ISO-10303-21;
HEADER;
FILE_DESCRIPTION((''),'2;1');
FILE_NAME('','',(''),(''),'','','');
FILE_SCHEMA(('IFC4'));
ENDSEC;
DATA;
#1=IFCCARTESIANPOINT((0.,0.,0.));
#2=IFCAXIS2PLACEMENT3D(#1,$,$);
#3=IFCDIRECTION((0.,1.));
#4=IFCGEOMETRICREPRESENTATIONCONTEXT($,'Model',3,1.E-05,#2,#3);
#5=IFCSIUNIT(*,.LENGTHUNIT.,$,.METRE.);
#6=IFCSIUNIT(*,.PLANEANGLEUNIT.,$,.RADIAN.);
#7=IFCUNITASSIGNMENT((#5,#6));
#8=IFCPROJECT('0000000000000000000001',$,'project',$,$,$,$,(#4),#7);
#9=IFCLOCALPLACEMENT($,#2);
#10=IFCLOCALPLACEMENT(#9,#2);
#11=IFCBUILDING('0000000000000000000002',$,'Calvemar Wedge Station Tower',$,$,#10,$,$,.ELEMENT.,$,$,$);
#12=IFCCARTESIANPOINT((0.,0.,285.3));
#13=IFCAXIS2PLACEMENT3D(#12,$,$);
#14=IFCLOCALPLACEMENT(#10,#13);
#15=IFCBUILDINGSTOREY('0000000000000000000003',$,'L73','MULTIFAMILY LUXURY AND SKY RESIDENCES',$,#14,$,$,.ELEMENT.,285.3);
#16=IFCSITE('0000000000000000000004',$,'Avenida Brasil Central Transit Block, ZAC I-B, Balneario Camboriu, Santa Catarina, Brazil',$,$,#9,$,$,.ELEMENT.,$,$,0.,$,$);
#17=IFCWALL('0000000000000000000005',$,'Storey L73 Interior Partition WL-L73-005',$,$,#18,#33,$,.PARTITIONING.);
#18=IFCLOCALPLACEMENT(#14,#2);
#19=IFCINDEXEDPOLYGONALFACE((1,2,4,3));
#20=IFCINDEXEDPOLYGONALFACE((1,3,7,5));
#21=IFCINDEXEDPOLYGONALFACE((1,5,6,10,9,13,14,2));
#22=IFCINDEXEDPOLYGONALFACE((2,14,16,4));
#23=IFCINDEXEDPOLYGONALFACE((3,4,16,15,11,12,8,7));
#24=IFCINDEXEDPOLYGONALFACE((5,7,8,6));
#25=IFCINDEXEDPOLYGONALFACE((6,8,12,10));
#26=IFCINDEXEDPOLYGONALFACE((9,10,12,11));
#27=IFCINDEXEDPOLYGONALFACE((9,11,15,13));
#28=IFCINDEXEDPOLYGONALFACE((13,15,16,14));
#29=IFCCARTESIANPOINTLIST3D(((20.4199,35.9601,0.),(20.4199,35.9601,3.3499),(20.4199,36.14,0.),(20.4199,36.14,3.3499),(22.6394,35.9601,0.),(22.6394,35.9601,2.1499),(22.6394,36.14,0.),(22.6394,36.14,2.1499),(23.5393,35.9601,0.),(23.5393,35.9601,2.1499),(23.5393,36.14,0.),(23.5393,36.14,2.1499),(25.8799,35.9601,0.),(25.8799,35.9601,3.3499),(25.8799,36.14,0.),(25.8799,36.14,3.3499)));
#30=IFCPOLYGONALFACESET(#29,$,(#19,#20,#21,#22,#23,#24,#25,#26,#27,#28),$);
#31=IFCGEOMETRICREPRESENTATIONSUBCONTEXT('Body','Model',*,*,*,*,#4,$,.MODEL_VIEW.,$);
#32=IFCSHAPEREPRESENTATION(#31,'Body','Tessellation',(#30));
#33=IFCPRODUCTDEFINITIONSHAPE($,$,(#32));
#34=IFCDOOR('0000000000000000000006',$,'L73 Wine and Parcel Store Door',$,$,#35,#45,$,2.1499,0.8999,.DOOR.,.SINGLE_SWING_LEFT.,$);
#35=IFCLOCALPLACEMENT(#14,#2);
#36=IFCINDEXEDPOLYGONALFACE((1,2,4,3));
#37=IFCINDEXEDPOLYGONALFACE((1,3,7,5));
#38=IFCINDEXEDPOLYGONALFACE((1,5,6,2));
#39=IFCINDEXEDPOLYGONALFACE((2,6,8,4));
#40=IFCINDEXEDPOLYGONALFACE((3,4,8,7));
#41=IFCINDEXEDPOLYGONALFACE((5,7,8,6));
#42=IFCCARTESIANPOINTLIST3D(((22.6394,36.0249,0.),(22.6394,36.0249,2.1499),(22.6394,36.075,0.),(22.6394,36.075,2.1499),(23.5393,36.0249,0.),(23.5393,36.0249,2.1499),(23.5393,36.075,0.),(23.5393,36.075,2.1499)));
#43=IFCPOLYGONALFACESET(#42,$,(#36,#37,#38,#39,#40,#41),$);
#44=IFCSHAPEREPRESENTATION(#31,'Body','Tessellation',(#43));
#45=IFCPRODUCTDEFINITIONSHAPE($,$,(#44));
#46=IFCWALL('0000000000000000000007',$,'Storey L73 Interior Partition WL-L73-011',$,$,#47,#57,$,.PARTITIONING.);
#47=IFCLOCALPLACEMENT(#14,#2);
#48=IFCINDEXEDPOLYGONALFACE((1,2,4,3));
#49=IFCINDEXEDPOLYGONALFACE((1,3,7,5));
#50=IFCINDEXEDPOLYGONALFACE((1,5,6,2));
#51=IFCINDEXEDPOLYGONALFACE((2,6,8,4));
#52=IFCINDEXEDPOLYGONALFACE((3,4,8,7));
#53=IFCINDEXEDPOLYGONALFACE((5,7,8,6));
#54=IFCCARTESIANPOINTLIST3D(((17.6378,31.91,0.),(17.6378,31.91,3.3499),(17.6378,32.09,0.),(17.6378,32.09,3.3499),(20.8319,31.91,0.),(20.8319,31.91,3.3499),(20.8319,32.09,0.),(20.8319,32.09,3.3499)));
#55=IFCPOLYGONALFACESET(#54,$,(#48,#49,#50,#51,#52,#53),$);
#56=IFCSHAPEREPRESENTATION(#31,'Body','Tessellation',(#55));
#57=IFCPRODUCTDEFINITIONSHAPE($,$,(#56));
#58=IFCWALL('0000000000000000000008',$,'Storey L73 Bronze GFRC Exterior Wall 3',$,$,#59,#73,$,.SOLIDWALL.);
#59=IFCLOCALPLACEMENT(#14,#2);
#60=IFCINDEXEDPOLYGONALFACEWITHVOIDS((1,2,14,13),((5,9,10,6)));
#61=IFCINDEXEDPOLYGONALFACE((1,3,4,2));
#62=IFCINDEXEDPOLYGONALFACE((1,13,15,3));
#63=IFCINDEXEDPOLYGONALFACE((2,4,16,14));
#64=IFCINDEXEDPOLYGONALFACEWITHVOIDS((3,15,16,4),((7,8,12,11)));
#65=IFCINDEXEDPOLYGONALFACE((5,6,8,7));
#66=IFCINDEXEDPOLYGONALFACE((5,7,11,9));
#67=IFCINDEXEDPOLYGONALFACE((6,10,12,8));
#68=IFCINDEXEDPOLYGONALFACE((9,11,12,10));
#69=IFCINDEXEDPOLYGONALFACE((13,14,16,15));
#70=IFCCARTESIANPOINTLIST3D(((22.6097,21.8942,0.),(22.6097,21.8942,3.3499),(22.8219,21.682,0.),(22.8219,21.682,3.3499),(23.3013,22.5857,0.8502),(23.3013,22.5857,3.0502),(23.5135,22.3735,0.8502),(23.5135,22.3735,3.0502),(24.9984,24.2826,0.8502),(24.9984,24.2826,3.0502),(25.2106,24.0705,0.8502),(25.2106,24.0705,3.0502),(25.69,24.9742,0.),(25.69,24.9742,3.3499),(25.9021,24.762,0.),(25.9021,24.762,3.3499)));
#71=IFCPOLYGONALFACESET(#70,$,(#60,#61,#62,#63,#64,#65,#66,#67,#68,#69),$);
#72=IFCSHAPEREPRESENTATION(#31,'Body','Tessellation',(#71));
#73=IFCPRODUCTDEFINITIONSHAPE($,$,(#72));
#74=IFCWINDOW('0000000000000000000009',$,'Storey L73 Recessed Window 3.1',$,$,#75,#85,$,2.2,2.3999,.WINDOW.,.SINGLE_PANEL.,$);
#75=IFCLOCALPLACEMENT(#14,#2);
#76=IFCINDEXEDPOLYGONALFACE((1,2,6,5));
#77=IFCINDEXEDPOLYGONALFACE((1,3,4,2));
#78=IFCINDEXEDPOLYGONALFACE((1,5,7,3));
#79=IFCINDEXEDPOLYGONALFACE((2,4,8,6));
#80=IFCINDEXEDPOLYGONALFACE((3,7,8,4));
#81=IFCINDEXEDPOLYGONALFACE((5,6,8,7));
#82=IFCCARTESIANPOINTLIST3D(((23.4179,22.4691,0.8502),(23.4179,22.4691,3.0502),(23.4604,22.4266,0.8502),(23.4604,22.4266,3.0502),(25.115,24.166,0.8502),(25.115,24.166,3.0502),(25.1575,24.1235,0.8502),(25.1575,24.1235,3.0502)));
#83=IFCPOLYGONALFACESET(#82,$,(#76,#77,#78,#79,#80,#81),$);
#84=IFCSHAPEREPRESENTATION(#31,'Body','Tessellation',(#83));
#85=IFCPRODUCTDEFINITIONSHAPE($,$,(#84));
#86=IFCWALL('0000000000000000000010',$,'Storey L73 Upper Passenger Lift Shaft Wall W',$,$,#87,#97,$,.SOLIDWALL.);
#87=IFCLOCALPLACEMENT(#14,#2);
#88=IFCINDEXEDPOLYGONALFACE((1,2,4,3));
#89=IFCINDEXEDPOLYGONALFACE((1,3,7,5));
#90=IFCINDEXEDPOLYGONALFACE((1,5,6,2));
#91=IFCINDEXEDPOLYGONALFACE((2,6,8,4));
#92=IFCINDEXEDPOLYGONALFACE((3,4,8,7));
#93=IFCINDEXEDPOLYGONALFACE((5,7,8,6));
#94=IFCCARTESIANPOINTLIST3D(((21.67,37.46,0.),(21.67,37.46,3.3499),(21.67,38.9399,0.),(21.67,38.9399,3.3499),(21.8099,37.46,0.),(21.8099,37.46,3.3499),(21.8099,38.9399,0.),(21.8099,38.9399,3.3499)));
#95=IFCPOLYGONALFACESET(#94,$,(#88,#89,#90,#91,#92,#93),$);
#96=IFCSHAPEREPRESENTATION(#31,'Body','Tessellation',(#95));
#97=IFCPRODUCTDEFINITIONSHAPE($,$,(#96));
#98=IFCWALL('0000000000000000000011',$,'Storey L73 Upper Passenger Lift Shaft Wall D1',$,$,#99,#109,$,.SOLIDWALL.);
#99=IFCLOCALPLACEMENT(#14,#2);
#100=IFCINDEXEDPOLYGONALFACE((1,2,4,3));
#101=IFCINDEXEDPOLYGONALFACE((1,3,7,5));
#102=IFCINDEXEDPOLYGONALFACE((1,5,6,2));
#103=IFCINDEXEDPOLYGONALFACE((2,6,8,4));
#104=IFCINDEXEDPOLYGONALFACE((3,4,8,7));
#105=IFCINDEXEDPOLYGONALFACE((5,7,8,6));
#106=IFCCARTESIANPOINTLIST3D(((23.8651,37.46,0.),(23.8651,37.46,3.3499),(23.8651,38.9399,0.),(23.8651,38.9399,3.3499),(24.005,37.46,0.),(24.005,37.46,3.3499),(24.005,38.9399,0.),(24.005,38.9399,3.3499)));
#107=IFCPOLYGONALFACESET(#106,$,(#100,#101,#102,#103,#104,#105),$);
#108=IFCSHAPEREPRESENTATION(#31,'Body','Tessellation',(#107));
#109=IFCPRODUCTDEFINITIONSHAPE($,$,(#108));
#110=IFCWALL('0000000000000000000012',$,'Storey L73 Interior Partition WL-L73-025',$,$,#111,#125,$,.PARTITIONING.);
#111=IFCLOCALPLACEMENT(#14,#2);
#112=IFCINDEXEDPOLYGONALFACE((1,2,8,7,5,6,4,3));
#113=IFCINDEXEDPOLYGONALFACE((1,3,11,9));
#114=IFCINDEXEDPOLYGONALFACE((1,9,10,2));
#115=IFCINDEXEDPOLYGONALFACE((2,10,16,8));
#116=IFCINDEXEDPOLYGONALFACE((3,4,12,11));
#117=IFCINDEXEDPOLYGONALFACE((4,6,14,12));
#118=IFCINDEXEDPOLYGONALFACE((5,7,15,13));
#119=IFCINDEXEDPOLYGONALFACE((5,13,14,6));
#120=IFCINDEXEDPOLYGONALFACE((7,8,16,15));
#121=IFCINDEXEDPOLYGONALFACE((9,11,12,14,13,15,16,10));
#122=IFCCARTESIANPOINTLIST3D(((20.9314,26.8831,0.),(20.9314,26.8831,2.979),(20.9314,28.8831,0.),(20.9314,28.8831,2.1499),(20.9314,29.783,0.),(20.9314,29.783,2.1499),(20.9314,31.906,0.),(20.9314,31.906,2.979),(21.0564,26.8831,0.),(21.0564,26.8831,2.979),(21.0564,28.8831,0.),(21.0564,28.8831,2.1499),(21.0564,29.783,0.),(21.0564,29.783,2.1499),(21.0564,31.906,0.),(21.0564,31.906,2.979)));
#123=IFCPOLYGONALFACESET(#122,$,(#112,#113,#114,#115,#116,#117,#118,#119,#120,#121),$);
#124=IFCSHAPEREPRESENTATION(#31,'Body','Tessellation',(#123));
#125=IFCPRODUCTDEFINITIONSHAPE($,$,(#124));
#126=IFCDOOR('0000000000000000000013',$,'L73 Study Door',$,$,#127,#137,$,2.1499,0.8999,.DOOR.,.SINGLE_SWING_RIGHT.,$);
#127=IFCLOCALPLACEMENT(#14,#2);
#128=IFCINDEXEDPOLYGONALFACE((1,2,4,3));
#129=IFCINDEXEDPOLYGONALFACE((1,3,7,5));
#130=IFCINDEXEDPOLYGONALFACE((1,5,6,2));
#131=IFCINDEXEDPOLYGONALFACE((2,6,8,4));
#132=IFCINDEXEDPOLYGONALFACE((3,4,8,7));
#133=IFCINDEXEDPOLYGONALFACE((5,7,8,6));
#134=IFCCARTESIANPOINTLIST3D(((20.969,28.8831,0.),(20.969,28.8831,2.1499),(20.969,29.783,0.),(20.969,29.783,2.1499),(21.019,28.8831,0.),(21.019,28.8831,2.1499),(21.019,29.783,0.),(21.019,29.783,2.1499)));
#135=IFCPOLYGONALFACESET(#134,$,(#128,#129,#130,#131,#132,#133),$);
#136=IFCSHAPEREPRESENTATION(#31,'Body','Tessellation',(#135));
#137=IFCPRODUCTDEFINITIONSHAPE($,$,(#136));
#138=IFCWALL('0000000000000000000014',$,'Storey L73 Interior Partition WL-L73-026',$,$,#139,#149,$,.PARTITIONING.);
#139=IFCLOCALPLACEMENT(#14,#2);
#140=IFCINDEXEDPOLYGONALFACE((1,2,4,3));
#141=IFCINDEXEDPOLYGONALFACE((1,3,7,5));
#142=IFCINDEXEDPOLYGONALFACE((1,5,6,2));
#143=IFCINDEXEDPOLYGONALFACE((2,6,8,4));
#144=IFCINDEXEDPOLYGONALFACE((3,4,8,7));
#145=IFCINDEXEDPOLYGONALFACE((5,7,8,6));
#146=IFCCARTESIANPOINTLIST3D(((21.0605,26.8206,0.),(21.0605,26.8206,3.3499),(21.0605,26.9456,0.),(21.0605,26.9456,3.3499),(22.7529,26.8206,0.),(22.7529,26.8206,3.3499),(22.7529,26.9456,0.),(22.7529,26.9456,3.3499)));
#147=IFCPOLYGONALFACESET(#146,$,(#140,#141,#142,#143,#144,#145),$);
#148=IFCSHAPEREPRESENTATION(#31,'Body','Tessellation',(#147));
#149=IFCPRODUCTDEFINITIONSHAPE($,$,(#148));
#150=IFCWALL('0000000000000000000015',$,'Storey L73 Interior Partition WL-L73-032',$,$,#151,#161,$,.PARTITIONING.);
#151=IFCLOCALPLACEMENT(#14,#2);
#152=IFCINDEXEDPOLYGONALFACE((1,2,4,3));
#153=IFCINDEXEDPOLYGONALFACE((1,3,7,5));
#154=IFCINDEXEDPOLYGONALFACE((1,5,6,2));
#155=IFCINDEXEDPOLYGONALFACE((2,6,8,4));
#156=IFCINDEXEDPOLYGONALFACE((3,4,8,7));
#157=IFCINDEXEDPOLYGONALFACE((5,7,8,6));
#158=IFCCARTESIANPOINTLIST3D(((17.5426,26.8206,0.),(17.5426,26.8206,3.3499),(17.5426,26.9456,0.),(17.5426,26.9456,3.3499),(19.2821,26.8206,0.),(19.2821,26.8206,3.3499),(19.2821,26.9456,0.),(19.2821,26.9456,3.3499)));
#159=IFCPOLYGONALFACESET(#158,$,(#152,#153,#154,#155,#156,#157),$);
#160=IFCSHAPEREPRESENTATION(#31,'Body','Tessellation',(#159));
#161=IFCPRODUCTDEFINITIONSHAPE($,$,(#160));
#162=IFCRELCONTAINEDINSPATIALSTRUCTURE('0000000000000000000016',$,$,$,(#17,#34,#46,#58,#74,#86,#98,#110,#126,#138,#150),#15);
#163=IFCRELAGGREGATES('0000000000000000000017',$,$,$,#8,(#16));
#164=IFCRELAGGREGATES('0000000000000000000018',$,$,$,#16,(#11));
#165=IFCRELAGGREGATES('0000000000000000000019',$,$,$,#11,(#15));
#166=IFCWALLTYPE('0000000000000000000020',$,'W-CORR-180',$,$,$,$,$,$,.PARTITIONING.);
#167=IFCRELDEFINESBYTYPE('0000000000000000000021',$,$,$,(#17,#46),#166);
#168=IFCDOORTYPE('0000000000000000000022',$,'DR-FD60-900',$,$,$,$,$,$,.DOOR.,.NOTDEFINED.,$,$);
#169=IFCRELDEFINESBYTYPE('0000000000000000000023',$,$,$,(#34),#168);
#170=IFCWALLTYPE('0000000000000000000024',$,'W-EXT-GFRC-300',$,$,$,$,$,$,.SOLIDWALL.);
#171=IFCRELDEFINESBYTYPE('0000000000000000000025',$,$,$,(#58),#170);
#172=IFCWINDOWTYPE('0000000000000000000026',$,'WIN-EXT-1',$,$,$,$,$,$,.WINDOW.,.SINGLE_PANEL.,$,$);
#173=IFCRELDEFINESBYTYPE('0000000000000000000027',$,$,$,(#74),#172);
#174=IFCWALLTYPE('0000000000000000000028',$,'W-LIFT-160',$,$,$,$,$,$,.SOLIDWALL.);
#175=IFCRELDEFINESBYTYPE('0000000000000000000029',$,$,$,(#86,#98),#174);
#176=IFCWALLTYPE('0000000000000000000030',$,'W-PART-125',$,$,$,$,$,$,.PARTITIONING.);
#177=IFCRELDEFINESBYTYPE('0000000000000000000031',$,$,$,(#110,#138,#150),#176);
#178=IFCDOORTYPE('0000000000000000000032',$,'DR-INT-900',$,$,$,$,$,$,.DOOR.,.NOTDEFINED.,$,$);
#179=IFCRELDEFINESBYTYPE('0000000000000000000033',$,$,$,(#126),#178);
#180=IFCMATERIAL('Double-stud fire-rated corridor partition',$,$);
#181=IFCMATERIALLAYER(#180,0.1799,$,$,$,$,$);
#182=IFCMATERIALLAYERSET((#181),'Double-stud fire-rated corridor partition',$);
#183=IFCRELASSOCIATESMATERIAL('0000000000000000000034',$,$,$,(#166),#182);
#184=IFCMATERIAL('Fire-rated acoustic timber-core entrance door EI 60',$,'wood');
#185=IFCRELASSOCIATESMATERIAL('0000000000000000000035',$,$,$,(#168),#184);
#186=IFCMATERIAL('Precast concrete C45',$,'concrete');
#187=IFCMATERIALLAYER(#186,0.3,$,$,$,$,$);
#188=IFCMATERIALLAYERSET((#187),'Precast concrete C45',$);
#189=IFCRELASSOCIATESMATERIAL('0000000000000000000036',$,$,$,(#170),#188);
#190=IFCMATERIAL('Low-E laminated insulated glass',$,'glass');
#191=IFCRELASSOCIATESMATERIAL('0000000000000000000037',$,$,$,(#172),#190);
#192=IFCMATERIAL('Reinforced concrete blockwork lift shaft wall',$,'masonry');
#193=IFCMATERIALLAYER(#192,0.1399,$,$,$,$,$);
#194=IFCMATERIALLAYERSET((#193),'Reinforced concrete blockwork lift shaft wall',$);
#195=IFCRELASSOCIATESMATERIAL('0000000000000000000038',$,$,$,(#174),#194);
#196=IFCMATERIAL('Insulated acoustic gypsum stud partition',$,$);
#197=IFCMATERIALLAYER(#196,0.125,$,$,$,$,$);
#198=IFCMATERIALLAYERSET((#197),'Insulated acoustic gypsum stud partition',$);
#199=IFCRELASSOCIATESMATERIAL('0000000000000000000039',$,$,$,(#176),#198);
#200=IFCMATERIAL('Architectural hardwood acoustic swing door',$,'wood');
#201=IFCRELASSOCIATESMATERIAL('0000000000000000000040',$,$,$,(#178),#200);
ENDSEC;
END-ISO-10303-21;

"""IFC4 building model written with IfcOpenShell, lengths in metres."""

from ifc_helpers import new_model, si_unit, direction, frame, frame_2d, origin, place, context, subcontext, project, spatial, rectangle, extrude, source, transform, mapped, material, layer, layer_set, type_object, element, fill, save


model = new_model("IFC4")

# Units and contexts
model_context = context("Model", 3, precision=1e-05, world=origin(), true_north=direction((0.0, 1.0)))
body_context = subcontext(model_context, "Body", "Model", "MODEL_VIEW")
ifc_project = project(units=[si_unit("LENGTHUNIT", "METRE"), si_unit("PLANEANGLEUNIT", "RADIAN")], contexts=[model_context])

# Site, building, storey
site_placement = place(None, origin())
site = spatial("IfcSite", under=ifc_project, at=site_placement, Name="Avenida Brasil Central Transit Block, ZAC I-B, Balneario Camboriu, Santa Catarina, Brazil", CompositionType="ELEMENT", RefElevation=0.0)
building_placement = place(site_placement, origin())
building = spatial("IfcBuilding", under=site, at=building_placement, Name="Calvemar Wedge Station Tower", CompositionType="ELEMENT")
storey_placement = place(building_placement, frame((0.0, 0.0, 285.3)))
storey = spatial("IfcBuildingStorey", under=building, at=storey_placement, Name="L73", Description="MULTIFAMILY LUXURY AND SKY RESIDENCES", CompositionType="ELEMENT", Elevation=285.3)

# Shared definitions
ifc_material_1 = material(Name="Double-stud fire-rated corridor partition")
ifc_layer_1 = layer(ifc_material_1, 0.1799)
ifc_layer_set_1 = layer_set([ifc_layer_1], Name="Double-stud fire-rated corridor partition")
wall_type_1 = type_object("IfcWallType", Name="W-CORR-180", PredefinedType="PARTITIONING", material=ifc_layer_set_1)

# Wall, opening, door
wall_1_placement = place(storey_placement, frame((20.4199, 36.05, 0.0), z_axis=(0.0, 0.0, 1.0), x_axis=(1.0, 0.0, 0.0)))
wall_1 = element("IfcWall", 1, at=wall_1_placement, inside=storey, type_object=wall_type_1, Name="Storey L73 Interior Partition WL-L73-005", PredefinedType="PARTITIONING", context=body_context, shape_type="SweptSolid", body=[
    extrude(rectangle(XDim=5.46, YDim=0.1799, at=frame_2d((2.73, 0.0))), origin(), (0.0, 0.0, 1.0), 3.3499),
])
shared_shape_1 = source(origin(), body_context, "Body", "SweptSolid", [
    extrude(rectangle(XDim=0.8999, YDim=2.1499, at=frame_2d((0.45, 1.075))), frame((0.0, 0.1001, 0.0), z_axis=(0.0, -1.0, 0.0), x_axis=(1.0, 0.0, 0.0)), (0.0, 0.0, 1.0), 0.2),
])
opening_1_placement = place(wall_1_placement, frame((2.2195, 0.0, 0.0)))
opening_1 = element("IfcOpeningElement", 2, at=opening_1_placement, cuts=wall_1, PredefinedType="OPENING", context=body_context, shape_type="MappedRepresentation", body=[
    mapped(shared_shape_1, transform((0.0, 0.0, 0.0), scale=1.0)),
])
ifc_material_2 = material(Name="Fire-rated acoustic timber-core entrance door EI 60", Category="wood")
door_type_1 = type_object("IfcDoorType", Name="DR-FD60-900", OperationType="NOTDEFINED", PredefinedType="DOOR", material=ifc_material_2)
shared_shape_2 = source(origin(), body_context, "Body", "SweptSolid", [
    extrude(rectangle(XDim=0.8999, YDim=2.1499, at=frame_2d((0.45, 1.075))), frame((0.0, 0.0249, 0.0), z_axis=(0.0, -1.0, 0.0), x_axis=(1.0, 0.0, 0.0)), (0.0, 0.0, 1.0), 0.05),
])
door_1_placement = place(opening_1_placement, origin())
door_1 = element("IfcDoor", 3, at=door_1_placement, inside=storey, type_object=door_type_1, Name="L73 Wine and Parcel Store Door", OperationType="SINGLE_SWING_LEFT", OverallHeight=2.1499, OverallWidth=0.8999, PredefinedType="DOOR", context=body_context, shape_type="MappedRepresentation", body=[
    mapped(shared_shape_2, transform((0.0, 0.0, 0.0), scale=1.0)),
])
fill(opening_1, door_1)

# Wall
wall_2_placement = place(storey_placement, frame((20.832, 32.0, 0.0), z_axis=(0.0, 0.0, 1.0), x_axis=(-1.0, 0.0, 0.0)))
element("IfcWall", 4, at=wall_2_placement, inside=storey, type_object=wall_type_1, Name="Storey L73 Interior Partition WL-L73-011", PredefinedType="PARTITIONING", context=body_context, shape_type="SweptSolid", body=[
    extrude(rectangle(XDim=3.1941, YDim=0.1799, at=frame_2d((1.5972, 0.0))), origin(), (0.0, 0.0, 1.0), 3.3499),
])

# Wall, opening, window
ifc_material_3 = material(Name="Precast concrete C45", Category="concrete")
ifc_layer_2 = layer(ifc_material_3, 0.3)
ifc_layer_set_2 = layer_set([ifc_layer_2], Name="Precast concrete C45")
wall_type_2 = type_object("IfcWallType", Name="W-EXT-GFRC-300", PredefinedType="SOLIDWALL", material=ifc_layer_set_2)
wall_3_placement = place(storey_placement, frame((22.7158, 21.7881, 0.0), z_axis=(0.0, 0.0, 1.0), x_axis=(0.707135, 0.707079, 0.0)))
wall_3 = element("IfcWall", 5, at=wall_3_placement, inside=storey, type_object=wall_type_2, Name="Storey L73 Bronze GFRC Exterior Wall 3", PredefinedType="SOLIDWALL", context=body_context, shape_type="SweptSolid", body=[
    extrude(rectangle(XDim=4.356, YDim=0.3, at=frame_2d((2.178, 0.0))), origin(), (0.0, 0.0, 1.0), 3.3499),
])
shared_shape_3 = source(origin(), body_context, "Body", "SweptSolid", [
    extrude(rectangle(XDim=2.3999, YDim=2.2, at=frame_2d((1.2, 1.1001))), frame((0.0, 0.1602, 0.0), z_axis=(0.0, -1.0, 0.0), x_axis=(1.0, 0.0, 0.0)), (0.0, 0.0, 1.0), 0.3201),
])
opening_2_placement = place(wall_3_placement, frame((0.978, 0.0, 0.8501)))
opening_2 = element("IfcOpeningElement", 6, at=opening_2_placement, cuts=wall_3, PredefinedType="OPENING", context=body_context, shape_type="MappedRepresentation", body=[
    mapped(shared_shape_3, transform((0.0, 0.0, 0.0), scale=1.0)),
])
ifc_material_4 = material(Name="Low-E laminated insulated glass", Category="glass")
window_type = type_object("IfcWindowType", Name="WIN-EXT-1", PartitioningType="SINGLE_PANEL", PredefinedType="WINDOW", material=ifc_material_4)
shared_shape_4 = source(origin(), body_context, "Body", "SweptSolid", [
    extrude(rectangle(XDim=2.3999, YDim=2.2, at=frame_2d((1.2, 1.1001))), frame((0.0, -0.0149, 0.0), z_axis=(0.0, -1.0, 0.0), x_axis=(1.0, 0.0, 0.0)), (0.0, 0.0, 1.0), 0.0601),
])
window_placement = place(opening_2_placement, origin())
window = element("IfcWindow", 7, at=window_placement, inside=storey, type_object=window_type, Name="Storey L73 Recessed Window 3.1", OverallHeight=2.2, OverallWidth=2.3999, PartitioningType="SINGLE_PANEL", PredefinedType="WINDOW", context=body_context, shape_type="MappedRepresentation", body=[
    mapped(shared_shape_4, transform((0.0, 0.0, 0.0), scale=1.0)),
])
fill(opening_2, window)

# Shared definitions
ifc_material_5 = material(Name="Reinforced concrete blockwork lift shaft wall", Category="masonry")
ifc_layer_3 = layer(ifc_material_5, 0.1399)
ifc_layer_set_3 = layer_set([ifc_layer_3], Name="Reinforced concrete blockwork lift shaft wall")
wall_type_3 = type_object("IfcWallType", Name="W-LIFT-160", PredefinedType="SOLIDWALL", material=ifc_layer_set_3)

# Walls
for number, where, z_axis, x_axis, name in (
    (8, (21.74, 37.46, 0.0), (0.0, 0.0, 1.0), (0.0, 1.0, 0.0), "Storey L73 Upper Passenger Lift Shaft Wall W"),
    (9, (23.9351, 37.46, 0.0), (0.0, 0.0, 1.0), (0.0, 1.0, 0.0), "Storey L73 Upper Passenger Lift Shaft Wall D1"),
):
    element("IfcWall", number, at=place(storey_placement, frame(where, z_axis=z_axis, x_axis=x_axis)), inside=storey, type_object=wall_type_3, Name=name, PredefinedType="SOLIDWALL", context=body_context, shape_type="SweptSolid", body=[
        extrude(rectangle(XDim=1.48, YDim=0.1399, at=frame_2d((0.74, 0.0))), origin(), (0.0, 0.0, 1.0), 3.3499),
    ])

# Wall, opening, door
ifc_material_6 = material(Name="Insulated acoustic gypsum stud partition")
ifc_layer_4 = layer(ifc_material_6, 0.125)
ifc_layer_set_4 = layer_set([ifc_layer_4], Name="Insulated acoustic gypsum stud partition")
wall_type_4 = type_object("IfcWallType", Name="W-PART-125", PredefinedType="PARTITIONING", material=ifc_layer_set_4)
wall_4_placement = place(storey_placement, frame((20.9939, 26.8831, 0.0), z_axis=(0.0, 0.0, 1.0), x_axis=(0.0, 1.0, 0.0)))
wall_4 = element("IfcWall", 10, at=wall_4_placement, inside=storey, type_object=wall_type_4, Name="Storey L73 Interior Partition WL-L73-025", PredefinedType="PARTITIONING", context=body_context, shape_type="SweptSolid", body=[
    extrude(rectangle(XDim=5.0229, YDim=0.125, at=frame_2d((2.5115, 0.0))), origin(), (0.0, 0.0, 1.0), 2.979),
])
shared_shape_5 = source(origin(), body_context, "Body", "SweptSolid", [
    extrude(rectangle(XDim=0.8999, YDim=2.1499, at=frame_2d((0.45, 1.075))), frame((0.0, 0.0725, 0.0), z_axis=(0.0, -1.0, 0.0), x_axis=(1.0, 0.0, 0.0)), (0.0, 0.0, 1.0), 0.145),
])
opening_3_placement = place(wall_4_placement, frame((2.0, 0.0, 0.0)))
opening_3 = element("IfcOpeningElement", 11, at=opening_3_placement, cuts=wall_4, PredefinedType="OPENING", context=body_context, shape_type="MappedRepresentation", body=[
    mapped(shared_shape_5, transform((0.0, 0.0, 0.0), scale=1.0)),
])
ifc_material_7 = material(Name="Architectural hardwood acoustic swing door", Category="wood")
door_type_2 = type_object("IfcDoorType", Name="DR-INT-900", OperationType="NOTDEFINED", PredefinedType="DOOR", material=ifc_material_7)
shared_shape_6 = source(origin(), body_context, "Body", "SweptSolid", [
    extrude(rectangle(XDim=0.8999, YDim=2.1499, at=frame_2d((0.45, 1.075))), frame((0.0, 0.0249, 0.0), z_axis=(0.0, -1.0, 0.0), x_axis=(1.0, 0.0, 0.0)), (0.0, 0.0, 1.0), 0.05),
])
door_2_placement = place(opening_3_placement, origin())
door_2 = element("IfcDoor", 12, at=door_2_placement, inside=storey, type_object=door_type_2, Name="L73 Study Door", OperationType="SINGLE_SWING_RIGHT", OverallHeight=2.1499, OverallWidth=0.8999, PredefinedType="DOOR", context=body_context, shape_type="MappedRepresentation", body=[
    mapped(shared_shape_6, transform((0.0, 0.0, 0.0), scale=1.0)),
])
fill(opening_3, door_2)

# Walls
wall_5_placement = place(storey_placement, frame((22.7529, 26.8831, 0.0), z_axis=(0.0, 0.0, 1.0), x_axis=(-1.0, 0.0, 0.0)))
element("IfcWall", 13, at=wall_5_placement, inside=storey, type_object=wall_type_4, Name="Storey L73 Interior Partition WL-L73-026", PredefinedType="PARTITIONING", context=body_context, shape_type="SweptSolid", body=[
    extrude(rectangle(XDim=1.6924, YDim=0.125, at=frame_2d((0.8462, 0.0))), origin(), (0.0, 0.0, 1.0), 3.3499),
])
wall_6_placement = place(storey_placement, frame((19.282, 26.8831, 0.0), z_axis=(0.0, 0.0, 1.0), x_axis=(-1.0, 0.0, 0.0)))
element("IfcWall", 14, at=wall_6_placement, inside=storey, type_object=wall_type_4, Name="Storey L73 Interior Partition WL-L73-032", PredefinedType="PARTITIONING", context=body_context, shape_type="SweptSolid", body=[
    extrude(rectangle(XDim=1.7395, YDim=0.125, at=frame_2d((0.8696, 0.0))), origin(), (0.0, 0.0, 1.0), 3.3499),
])

save(model, "model.ifc")
